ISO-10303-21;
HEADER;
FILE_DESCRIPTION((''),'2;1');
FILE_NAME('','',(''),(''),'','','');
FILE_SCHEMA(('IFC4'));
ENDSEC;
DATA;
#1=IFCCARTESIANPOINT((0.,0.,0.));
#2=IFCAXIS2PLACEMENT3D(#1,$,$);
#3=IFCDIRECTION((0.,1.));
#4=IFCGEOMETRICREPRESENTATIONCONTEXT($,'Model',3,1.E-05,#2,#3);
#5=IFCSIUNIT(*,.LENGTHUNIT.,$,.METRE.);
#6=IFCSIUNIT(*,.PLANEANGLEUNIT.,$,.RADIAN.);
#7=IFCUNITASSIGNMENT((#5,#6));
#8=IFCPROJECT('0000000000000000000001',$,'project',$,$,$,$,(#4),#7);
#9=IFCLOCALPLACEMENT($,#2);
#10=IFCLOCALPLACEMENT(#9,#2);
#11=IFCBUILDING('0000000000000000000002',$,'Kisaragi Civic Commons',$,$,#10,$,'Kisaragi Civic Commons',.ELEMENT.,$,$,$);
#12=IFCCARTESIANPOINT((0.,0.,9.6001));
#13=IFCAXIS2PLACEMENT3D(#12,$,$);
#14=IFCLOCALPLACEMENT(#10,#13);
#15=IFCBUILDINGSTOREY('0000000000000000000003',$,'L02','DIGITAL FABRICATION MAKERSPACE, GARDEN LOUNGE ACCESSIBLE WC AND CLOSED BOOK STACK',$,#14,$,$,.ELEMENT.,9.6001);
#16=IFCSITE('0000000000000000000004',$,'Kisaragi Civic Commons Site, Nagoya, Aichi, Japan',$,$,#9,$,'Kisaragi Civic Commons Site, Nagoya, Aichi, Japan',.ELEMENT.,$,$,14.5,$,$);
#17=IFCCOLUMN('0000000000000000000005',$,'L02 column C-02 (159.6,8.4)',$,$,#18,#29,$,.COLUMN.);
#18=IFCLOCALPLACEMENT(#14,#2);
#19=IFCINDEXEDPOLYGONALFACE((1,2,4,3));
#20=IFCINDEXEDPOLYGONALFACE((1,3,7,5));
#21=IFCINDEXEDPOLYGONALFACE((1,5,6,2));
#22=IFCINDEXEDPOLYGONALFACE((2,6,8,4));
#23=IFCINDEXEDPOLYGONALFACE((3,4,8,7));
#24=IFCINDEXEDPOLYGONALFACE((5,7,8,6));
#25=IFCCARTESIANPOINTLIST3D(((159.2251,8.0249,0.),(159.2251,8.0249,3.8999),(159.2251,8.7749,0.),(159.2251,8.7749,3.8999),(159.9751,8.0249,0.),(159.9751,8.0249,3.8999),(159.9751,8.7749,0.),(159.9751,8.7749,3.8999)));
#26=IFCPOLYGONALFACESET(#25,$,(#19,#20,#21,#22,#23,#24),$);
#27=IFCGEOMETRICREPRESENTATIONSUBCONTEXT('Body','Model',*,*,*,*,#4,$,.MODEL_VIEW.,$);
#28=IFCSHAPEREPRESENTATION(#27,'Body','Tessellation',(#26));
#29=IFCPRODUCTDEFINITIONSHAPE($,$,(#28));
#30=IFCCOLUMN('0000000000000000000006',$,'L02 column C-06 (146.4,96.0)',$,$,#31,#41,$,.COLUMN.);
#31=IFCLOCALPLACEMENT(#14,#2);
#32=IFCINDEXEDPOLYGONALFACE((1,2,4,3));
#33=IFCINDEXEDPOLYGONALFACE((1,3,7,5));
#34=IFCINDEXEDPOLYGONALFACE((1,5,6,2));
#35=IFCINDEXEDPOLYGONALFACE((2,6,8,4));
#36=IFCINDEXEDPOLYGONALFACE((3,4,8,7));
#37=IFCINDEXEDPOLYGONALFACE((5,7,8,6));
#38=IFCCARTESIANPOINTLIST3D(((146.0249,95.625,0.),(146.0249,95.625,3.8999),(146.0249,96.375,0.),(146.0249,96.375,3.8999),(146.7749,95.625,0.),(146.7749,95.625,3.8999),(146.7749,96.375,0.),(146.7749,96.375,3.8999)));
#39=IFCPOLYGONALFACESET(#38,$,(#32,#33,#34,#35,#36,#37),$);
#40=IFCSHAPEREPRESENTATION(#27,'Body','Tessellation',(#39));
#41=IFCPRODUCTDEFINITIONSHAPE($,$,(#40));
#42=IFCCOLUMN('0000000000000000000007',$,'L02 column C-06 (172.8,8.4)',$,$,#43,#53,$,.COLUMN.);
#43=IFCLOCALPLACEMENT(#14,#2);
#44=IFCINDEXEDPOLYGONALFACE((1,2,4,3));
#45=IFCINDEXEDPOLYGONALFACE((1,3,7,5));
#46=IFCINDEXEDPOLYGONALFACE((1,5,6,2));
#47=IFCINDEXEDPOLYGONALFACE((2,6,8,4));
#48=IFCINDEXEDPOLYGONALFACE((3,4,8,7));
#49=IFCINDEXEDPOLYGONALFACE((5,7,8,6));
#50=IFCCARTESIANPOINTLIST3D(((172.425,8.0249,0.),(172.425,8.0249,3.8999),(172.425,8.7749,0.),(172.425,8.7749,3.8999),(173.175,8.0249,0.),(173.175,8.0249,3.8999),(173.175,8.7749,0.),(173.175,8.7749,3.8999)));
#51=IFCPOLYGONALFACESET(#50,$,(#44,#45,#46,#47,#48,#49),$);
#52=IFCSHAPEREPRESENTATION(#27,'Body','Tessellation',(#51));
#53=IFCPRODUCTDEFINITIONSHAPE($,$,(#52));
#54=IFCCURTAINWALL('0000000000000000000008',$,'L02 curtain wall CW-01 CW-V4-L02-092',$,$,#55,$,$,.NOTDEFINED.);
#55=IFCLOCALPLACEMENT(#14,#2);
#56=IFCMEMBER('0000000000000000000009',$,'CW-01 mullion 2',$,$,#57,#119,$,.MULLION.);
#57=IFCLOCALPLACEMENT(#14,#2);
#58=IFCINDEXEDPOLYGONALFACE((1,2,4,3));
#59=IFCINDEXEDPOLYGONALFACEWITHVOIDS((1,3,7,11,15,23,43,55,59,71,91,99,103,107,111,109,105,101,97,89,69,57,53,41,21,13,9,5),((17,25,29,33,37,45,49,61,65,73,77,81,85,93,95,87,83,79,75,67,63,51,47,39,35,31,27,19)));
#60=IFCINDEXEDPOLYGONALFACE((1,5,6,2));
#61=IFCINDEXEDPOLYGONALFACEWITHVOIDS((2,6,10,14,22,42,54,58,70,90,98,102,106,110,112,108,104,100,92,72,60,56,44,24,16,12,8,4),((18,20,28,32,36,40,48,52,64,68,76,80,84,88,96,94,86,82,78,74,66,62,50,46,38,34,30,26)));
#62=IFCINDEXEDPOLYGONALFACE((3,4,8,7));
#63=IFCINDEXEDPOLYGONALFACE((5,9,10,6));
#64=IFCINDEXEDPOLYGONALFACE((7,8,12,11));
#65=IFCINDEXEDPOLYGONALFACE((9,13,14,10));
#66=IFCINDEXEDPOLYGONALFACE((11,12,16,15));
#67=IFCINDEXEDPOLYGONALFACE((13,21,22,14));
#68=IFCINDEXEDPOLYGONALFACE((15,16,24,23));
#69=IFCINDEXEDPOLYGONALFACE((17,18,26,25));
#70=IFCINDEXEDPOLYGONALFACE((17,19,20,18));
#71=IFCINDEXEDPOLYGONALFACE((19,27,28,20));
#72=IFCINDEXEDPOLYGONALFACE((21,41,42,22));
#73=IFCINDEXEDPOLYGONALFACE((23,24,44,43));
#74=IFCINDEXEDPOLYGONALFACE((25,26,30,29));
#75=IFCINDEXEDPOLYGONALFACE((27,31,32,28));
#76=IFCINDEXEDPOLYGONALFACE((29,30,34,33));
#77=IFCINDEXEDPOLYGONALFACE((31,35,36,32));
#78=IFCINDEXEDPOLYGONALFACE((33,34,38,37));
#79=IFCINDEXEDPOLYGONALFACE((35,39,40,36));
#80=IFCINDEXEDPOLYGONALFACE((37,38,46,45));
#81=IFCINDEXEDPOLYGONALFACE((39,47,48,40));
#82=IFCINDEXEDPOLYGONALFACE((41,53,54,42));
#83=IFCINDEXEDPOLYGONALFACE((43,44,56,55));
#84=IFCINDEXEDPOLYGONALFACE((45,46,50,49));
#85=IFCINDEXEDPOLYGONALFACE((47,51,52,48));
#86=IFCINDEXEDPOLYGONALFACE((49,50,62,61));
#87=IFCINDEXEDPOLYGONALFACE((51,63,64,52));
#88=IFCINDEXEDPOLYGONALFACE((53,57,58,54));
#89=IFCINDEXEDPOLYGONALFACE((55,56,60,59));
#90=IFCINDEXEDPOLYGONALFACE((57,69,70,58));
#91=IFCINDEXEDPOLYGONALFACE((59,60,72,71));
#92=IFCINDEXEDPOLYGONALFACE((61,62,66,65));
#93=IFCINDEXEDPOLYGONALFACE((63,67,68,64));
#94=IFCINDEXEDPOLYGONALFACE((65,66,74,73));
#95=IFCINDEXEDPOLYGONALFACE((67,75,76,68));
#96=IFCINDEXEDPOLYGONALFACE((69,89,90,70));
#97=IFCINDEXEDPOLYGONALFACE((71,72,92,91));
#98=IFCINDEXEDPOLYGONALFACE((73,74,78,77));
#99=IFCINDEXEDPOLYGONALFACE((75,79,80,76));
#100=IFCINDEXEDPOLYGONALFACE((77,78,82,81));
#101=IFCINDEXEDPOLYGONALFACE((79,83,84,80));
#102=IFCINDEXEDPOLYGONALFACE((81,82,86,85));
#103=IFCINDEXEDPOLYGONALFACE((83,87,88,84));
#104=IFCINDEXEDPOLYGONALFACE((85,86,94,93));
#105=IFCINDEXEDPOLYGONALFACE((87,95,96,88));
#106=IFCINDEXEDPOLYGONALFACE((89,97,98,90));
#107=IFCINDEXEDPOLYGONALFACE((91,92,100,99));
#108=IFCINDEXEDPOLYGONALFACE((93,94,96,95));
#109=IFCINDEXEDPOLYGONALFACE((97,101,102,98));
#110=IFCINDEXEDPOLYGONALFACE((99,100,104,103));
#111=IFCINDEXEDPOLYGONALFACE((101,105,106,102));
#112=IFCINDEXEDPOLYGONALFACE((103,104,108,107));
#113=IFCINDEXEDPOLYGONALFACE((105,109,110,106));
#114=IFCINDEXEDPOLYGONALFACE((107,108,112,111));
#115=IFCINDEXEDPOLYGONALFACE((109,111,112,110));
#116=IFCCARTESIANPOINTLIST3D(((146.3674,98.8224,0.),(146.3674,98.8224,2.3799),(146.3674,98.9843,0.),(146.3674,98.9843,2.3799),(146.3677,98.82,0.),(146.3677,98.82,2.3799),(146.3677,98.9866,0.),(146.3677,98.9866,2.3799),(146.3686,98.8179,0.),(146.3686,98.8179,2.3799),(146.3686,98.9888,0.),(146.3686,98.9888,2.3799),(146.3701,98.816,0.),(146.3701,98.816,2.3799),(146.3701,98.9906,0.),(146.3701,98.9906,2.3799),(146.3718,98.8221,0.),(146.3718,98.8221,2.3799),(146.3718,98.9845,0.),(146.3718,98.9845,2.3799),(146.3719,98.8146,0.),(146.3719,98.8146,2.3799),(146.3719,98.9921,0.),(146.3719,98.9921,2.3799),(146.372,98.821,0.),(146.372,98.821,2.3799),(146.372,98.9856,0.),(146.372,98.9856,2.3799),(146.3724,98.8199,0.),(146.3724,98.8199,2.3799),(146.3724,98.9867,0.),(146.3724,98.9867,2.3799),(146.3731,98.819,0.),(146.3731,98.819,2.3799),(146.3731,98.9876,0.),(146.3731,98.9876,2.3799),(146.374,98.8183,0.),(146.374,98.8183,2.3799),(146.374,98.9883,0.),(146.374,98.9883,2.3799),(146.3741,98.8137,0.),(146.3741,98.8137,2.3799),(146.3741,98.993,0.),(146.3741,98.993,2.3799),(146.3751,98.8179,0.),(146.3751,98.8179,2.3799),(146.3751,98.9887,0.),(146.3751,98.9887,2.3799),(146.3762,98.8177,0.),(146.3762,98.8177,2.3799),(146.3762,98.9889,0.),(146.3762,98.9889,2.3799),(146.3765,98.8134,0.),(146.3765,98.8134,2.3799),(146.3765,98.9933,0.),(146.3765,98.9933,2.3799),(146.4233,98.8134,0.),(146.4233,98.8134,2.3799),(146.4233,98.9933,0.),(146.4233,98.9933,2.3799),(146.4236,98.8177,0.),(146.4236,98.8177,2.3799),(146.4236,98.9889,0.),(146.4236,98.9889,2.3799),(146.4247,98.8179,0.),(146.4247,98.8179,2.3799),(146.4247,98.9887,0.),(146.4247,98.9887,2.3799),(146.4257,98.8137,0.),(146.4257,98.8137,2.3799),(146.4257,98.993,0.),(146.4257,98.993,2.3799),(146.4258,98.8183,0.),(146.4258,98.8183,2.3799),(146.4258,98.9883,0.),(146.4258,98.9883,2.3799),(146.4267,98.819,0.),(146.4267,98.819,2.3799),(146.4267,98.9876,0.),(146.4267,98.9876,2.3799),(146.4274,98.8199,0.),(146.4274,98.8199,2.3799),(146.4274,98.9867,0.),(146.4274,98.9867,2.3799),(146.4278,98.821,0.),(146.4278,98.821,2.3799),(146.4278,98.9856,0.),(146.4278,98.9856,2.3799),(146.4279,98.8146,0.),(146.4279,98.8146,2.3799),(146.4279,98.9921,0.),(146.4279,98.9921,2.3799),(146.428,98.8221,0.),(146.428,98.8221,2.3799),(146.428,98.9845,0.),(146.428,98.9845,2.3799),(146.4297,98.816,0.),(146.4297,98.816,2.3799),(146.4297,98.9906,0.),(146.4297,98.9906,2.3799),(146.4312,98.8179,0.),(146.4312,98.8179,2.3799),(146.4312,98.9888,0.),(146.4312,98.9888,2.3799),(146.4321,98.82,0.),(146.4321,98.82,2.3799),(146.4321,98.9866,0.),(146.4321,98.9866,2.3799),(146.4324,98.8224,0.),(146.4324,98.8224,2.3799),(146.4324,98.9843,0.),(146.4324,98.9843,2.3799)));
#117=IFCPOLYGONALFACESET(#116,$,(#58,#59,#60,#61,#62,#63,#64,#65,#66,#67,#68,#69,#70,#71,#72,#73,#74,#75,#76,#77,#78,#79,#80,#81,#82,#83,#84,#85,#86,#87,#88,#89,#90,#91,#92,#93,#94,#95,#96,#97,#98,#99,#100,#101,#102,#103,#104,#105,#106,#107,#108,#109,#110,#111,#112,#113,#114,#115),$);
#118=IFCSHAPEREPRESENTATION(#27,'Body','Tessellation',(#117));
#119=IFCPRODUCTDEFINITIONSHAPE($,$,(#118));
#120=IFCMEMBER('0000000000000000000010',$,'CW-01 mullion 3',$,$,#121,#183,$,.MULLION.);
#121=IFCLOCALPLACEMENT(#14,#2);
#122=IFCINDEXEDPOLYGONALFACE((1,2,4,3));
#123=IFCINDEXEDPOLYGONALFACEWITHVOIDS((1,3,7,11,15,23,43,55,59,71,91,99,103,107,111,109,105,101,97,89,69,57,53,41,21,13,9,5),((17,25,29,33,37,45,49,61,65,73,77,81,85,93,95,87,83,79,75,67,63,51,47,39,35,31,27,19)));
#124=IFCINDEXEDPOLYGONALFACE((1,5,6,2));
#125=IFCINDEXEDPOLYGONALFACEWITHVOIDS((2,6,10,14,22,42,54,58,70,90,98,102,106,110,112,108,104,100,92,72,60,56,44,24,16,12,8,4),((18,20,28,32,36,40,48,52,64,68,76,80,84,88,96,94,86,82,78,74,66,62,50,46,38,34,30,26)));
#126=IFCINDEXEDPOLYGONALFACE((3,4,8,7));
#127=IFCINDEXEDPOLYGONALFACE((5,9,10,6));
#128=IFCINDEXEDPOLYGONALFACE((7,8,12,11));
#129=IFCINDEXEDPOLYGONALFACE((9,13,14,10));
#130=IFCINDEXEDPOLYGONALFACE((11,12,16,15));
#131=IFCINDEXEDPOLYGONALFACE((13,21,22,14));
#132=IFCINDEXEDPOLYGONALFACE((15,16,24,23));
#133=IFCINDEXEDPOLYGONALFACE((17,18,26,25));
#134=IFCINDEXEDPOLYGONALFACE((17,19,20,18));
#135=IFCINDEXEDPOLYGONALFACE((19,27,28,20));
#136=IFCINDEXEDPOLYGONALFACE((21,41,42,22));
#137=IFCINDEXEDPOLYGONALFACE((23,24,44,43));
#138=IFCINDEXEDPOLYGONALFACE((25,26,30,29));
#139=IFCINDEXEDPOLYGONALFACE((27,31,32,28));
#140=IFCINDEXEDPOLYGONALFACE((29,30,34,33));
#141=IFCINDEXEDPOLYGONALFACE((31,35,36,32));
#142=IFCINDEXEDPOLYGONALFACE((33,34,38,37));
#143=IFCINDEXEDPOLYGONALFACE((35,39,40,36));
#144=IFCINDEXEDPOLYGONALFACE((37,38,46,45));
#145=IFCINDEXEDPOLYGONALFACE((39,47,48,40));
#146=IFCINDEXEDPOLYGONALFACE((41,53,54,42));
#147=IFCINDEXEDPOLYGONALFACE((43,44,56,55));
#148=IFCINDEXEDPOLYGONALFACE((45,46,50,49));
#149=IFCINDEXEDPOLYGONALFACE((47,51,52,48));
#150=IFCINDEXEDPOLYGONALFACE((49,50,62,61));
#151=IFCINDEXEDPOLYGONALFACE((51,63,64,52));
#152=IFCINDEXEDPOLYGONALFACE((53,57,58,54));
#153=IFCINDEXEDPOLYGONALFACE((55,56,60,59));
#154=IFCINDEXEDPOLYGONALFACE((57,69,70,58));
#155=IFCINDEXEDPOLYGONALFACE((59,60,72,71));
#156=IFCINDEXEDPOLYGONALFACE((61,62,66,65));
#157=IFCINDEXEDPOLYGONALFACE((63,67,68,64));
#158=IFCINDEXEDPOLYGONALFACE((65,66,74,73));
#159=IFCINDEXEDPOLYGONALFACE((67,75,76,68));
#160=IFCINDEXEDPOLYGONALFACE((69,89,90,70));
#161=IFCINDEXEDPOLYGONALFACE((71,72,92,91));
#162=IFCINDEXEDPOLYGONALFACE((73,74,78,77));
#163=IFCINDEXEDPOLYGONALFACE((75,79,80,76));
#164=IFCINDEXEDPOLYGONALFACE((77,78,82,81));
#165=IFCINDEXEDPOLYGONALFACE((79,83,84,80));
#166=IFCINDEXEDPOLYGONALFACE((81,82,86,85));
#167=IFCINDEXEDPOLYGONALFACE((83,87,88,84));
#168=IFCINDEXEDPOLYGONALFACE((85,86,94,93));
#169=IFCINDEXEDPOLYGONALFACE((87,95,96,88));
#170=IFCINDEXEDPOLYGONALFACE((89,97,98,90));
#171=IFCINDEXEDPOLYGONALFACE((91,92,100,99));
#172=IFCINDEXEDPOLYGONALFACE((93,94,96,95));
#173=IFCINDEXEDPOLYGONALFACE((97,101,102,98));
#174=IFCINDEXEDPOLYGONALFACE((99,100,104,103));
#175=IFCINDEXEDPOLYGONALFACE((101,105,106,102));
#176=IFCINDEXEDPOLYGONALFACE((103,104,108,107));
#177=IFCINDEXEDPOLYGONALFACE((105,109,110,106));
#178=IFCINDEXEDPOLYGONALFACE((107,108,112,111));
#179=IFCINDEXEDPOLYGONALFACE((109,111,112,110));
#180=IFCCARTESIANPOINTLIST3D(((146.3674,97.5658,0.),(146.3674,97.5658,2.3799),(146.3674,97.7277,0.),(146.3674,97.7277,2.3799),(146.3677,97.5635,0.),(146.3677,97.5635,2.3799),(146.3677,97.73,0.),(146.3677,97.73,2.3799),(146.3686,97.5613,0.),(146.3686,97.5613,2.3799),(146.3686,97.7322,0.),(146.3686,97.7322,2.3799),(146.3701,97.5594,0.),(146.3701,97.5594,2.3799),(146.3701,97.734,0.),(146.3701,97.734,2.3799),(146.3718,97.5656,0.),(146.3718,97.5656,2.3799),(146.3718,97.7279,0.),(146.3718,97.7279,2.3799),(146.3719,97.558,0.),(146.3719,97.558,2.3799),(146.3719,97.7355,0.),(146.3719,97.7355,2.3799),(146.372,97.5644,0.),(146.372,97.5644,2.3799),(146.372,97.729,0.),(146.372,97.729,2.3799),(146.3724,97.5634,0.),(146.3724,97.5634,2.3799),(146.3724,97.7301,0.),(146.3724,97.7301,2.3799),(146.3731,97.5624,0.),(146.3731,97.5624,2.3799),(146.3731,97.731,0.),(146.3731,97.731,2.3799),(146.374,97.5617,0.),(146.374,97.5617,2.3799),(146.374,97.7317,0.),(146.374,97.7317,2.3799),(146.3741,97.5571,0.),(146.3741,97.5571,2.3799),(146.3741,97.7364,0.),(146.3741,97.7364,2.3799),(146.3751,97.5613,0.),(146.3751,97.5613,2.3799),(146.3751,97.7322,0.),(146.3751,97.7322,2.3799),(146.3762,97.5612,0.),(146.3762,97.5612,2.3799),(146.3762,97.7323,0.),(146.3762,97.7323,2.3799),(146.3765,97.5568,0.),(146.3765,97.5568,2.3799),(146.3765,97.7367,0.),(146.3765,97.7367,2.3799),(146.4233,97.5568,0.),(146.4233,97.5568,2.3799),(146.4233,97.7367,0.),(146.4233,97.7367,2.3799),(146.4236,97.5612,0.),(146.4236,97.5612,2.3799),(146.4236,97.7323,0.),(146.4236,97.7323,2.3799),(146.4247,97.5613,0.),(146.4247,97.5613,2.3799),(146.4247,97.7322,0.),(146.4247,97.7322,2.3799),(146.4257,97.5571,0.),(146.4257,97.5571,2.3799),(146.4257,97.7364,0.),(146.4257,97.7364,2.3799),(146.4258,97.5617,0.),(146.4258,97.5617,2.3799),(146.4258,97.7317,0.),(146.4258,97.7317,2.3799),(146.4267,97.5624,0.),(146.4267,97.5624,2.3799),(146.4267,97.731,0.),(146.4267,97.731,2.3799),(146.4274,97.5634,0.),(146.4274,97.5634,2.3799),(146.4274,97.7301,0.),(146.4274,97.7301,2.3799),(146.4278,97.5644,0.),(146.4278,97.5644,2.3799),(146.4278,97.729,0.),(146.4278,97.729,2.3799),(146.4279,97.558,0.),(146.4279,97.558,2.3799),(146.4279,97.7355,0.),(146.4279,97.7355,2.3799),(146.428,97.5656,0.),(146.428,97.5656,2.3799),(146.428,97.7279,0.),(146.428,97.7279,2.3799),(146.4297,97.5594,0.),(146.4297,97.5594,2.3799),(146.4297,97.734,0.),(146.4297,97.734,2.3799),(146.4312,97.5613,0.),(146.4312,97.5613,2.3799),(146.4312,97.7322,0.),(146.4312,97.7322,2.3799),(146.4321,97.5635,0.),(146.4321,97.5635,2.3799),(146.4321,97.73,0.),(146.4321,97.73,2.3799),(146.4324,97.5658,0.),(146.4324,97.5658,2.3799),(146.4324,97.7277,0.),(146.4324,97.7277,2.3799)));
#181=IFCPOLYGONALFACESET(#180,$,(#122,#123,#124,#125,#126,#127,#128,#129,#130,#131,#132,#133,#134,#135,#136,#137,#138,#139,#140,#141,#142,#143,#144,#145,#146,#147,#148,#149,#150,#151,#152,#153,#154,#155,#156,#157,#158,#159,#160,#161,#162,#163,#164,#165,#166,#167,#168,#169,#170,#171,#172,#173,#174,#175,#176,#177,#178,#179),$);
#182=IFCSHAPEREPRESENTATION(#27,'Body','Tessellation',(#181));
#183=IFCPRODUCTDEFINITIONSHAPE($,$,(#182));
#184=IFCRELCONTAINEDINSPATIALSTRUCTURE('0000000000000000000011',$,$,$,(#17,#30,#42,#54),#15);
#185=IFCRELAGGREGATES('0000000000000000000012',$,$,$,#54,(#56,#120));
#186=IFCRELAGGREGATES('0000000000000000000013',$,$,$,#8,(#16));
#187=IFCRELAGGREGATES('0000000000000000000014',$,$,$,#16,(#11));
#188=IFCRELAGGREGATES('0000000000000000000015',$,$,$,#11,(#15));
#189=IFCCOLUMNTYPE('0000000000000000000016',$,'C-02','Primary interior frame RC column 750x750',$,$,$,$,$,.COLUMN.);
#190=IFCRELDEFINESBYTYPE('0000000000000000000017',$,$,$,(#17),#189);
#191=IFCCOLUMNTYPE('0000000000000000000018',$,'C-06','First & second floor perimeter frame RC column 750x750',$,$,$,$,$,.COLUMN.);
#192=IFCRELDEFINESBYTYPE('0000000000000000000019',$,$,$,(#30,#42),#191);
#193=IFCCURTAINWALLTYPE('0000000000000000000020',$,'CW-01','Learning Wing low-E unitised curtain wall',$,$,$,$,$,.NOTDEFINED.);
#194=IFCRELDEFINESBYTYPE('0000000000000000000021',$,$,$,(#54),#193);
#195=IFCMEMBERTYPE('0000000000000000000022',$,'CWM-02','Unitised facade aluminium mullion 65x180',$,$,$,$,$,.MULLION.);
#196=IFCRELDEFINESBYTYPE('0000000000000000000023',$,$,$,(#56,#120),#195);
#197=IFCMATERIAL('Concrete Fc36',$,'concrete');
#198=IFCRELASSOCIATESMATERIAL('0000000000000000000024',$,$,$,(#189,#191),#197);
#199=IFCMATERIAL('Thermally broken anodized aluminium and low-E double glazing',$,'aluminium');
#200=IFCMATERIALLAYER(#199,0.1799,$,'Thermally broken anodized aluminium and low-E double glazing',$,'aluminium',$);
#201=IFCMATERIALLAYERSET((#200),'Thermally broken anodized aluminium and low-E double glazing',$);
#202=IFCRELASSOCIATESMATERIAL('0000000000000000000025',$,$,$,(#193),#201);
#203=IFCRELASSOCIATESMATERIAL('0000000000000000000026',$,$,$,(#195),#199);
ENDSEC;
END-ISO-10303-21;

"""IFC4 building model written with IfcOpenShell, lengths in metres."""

from ifc_helpers import new_model, si_unit, direction, frame, origin, origin_2d, place, context, subcontext, project, spatial, rectangle, hollow_rectangle, extrude, material, layer, layer_set, material_profile, profile_set, type_object, element, aggregate, save


model = new_model("IFC4")

# Units and contexts
model_context = context("Model", 3, precision=1e-05, world=origin(), true_north=direction((0.0, 1.0)))
body_context = subcontext(model_context, "Body", "Model", "MODEL_VIEW")
ifc_project = project(units=[si_unit("LENGTHUNIT", "METRE"), si_unit("PLANEANGLEUNIT", "RADIAN")], contexts=[model_context])

# Site, building, storey
site_placement = place(None, origin())
site = spatial("IfcSite", under=ifc_project, at=site_placement, Name="Kisaragi Civic Commons Site, Nagoya, Aichi, Japan", LongName="Kisaragi Civic Commons Site, Nagoya, Aichi, Japan", CompositionType="ELEMENT", RefElevation=14.5)
building_placement = place(site_placement, origin())
building = spatial("IfcBuilding", under=site, at=building_placement, Name="Kisaragi Civic Commons", LongName="Kisaragi Civic Commons", CompositionType="ELEMENT")
storey_placement = place(building_placement, frame((0.0, 0.0, 9.6001)))
storey = spatial("IfcBuildingStorey", under=building, at=storey_placement, Name="L02", Description="DIGITAL FABRICATION MAKERSPACE, GARDEN LOUNGE ACCESSIBLE WC AND CLOSED BOOK STACK", CompositionType="ELEMENT", Elevation=9.6001)

# Columns
ifc_material_1 = material(Name="Concrete Fc36", Category="concrete")
ifc_material_profile_1 = material_profile(ifc_material_1, rectangle(XDim=0.75, YDim=0.75, at=origin_2d()), Name="RC-750x750", Category="concrete")
ifc_profile_set_1 = profile_set([ifc_material_profile_1], Name="Concrete Fc36")
column_type_1 = type_object("IfcColumnType", Name="C-02", Description="Primary interior frame RC column 750x750", PredefinedType="COLUMN", material=ifc_profile_set_1)
column_placement = place(storey_placement, frame((159.6001, 8.3999, 0.0), z_axis=(0.0, 0.0, 1.0), x_axis=(1.0, 0.0, 0.0)))
element("IfcColumn", 1, at=column_placement, inside=storey, type_object=column_type_1, Name="L02 column C-02 (159.6,8.4)", PredefinedType="COLUMN", context=body_context, shape_type="SweptSolid", body=[
    extrude(rectangle(XDim=0.75, YDim=0.75, at=origin_2d()), origin(), (0.0, 0.0, 1.0), 3.8999),
])
ifc_material_profile_2 = material_profile(ifc_material_1, rectangle(XDim=0.75, YDim=0.75, at=origin_2d()), Name="RC-750x750", Category="concrete")
ifc_profile_set_2 = profile_set([ifc_material_profile_2], Name="Concrete Fc36")
column_type_2 = type_object("IfcColumnType", Name="C-06", Description="First & second floor perimeter frame RC column 750x750", PredefinedType="COLUMN", material=ifc_profile_set_2)
for number, where, z_axis, x_axis, name in (
    (2, (146.3999, 96.0, 0.0), (0.0, 0.0, 1.0), (1.0, 0.0, 0.0), "L02 column C-06 (146.4,96.0)"),
    (3, (172.8, 8.3999, 0.0), (0.0, 0.0, 1.0), (1.0, 0.0, 0.0), "L02 column C-06 (172.8,8.4)"),
):
    element("IfcColumn", number, at=place(storey_placement, frame(where, z_axis=z_axis, x_axis=x_axis)), inside=storey, type_object=column_type_2, Name=name, PredefinedType="COLUMN", context=body_context, shape_type="SweptSolid", body=[
        extrude(rectangle(XDim=0.75, YDim=0.75, at=origin_2d()), origin(), (0.0, 0.0, 1.0), 3.8999),
    ])

# Curtain wall, members
ifc_material_2 = material(Name="Thermally broken anodized aluminium and low-E double glazing", Category="aluminium")
ifc_layer_1 = layer(ifc_material_2, 0.1799, Name="Thermally broken anodized aluminium and low-E double glazing", Category="aluminium")
ifc_layer_set_1 = layer_set([ifc_layer_1], Name="Thermally broken anodized aluminium and low-E double glazing")
curtain_wall_type = type_object("IfcCurtainWallType", Name="CW-01", Description="Learning Wing low-E unitised curtain wall", PredefinedType="NOTDEFINED", material=ifc_layer_set_1)
curtain_wall_placement = place(storey_placement, origin())
curtain_wall = element("IfcCurtainWall", 4, at=curtain_wall_placement, inside=storey, type_object=curtain_wall_type, Name="L02 curtain wall CW-01 CW-V4-L02-092", PredefinedType="NOTDEFINED")
ifc_material_profile_3 = material_profile(ifc_material_2, hollow_rectangle(XDim=0.0649, YDim=0.1799, WallThickness=0.0044, InnerFilletRadius=0.0044, OuterFilletRadius=0.009, at=origin_2d()), Name="CWM-65x180x4.5", Category="aluminium")
ifc_profile_set_3 = profile_set([ifc_material_profile_3], Name="Thermally broken anodized aluminium and low-E double glazing")
member_type_1 = type_object("IfcMemberType", Name="CWM-02", Description="Unitised facade aluminium mullion 65x180", PredefinedType="MULLION", material=ifc_profile_set_3)
member_1_placement = place(storey_placement, frame((146.3999, 98.9033, 0.0), z_axis=(0.0, 0.0, 1.0), x_axis=(1.0, 0.0, 0.0)))
member_1 = element("IfcMember", 5, at=member_1_placement, type_object=member_type_1, Name="CW-01 mullion 2", PredefinedType="MULLION", context=body_context, shape_type="SweptSolid", body=[
    extrude(hollow_rectangle(XDim=0.0649, YDim=0.1799, WallThickness=0.0044, InnerFilletRadius=0.0044, OuterFilletRadius=0.009, at=origin_2d()), origin(), (0.0, 0.0, 1.0), 2.3799),
])
member_2_placement = place(storey_placement, frame((146.3999, 97.6467, 0.0), z_axis=(0.0, 0.0, 1.0), x_axis=(1.0, 0.0, 0.0)))
member_2 = element("IfcMember", 6, at=member_2_placement, type_object=member_type_1, Name="CW-01 mullion 3", PredefinedType="MULLION", context=body_context, shape_type="SweptSolid", body=[
    extrude(hollow_rectangle(XDim=0.0649, YDim=0.1799, WallThickness=0.0044, InnerFilletRadius=0.0044, OuterFilletRadius=0.009, at=origin_2d()), origin(), (0.0, 0.0, 1.0), 2.3799),
])

aggregate(curtain_wall, [member_1, member_2])

save(model, "model.ifc")
